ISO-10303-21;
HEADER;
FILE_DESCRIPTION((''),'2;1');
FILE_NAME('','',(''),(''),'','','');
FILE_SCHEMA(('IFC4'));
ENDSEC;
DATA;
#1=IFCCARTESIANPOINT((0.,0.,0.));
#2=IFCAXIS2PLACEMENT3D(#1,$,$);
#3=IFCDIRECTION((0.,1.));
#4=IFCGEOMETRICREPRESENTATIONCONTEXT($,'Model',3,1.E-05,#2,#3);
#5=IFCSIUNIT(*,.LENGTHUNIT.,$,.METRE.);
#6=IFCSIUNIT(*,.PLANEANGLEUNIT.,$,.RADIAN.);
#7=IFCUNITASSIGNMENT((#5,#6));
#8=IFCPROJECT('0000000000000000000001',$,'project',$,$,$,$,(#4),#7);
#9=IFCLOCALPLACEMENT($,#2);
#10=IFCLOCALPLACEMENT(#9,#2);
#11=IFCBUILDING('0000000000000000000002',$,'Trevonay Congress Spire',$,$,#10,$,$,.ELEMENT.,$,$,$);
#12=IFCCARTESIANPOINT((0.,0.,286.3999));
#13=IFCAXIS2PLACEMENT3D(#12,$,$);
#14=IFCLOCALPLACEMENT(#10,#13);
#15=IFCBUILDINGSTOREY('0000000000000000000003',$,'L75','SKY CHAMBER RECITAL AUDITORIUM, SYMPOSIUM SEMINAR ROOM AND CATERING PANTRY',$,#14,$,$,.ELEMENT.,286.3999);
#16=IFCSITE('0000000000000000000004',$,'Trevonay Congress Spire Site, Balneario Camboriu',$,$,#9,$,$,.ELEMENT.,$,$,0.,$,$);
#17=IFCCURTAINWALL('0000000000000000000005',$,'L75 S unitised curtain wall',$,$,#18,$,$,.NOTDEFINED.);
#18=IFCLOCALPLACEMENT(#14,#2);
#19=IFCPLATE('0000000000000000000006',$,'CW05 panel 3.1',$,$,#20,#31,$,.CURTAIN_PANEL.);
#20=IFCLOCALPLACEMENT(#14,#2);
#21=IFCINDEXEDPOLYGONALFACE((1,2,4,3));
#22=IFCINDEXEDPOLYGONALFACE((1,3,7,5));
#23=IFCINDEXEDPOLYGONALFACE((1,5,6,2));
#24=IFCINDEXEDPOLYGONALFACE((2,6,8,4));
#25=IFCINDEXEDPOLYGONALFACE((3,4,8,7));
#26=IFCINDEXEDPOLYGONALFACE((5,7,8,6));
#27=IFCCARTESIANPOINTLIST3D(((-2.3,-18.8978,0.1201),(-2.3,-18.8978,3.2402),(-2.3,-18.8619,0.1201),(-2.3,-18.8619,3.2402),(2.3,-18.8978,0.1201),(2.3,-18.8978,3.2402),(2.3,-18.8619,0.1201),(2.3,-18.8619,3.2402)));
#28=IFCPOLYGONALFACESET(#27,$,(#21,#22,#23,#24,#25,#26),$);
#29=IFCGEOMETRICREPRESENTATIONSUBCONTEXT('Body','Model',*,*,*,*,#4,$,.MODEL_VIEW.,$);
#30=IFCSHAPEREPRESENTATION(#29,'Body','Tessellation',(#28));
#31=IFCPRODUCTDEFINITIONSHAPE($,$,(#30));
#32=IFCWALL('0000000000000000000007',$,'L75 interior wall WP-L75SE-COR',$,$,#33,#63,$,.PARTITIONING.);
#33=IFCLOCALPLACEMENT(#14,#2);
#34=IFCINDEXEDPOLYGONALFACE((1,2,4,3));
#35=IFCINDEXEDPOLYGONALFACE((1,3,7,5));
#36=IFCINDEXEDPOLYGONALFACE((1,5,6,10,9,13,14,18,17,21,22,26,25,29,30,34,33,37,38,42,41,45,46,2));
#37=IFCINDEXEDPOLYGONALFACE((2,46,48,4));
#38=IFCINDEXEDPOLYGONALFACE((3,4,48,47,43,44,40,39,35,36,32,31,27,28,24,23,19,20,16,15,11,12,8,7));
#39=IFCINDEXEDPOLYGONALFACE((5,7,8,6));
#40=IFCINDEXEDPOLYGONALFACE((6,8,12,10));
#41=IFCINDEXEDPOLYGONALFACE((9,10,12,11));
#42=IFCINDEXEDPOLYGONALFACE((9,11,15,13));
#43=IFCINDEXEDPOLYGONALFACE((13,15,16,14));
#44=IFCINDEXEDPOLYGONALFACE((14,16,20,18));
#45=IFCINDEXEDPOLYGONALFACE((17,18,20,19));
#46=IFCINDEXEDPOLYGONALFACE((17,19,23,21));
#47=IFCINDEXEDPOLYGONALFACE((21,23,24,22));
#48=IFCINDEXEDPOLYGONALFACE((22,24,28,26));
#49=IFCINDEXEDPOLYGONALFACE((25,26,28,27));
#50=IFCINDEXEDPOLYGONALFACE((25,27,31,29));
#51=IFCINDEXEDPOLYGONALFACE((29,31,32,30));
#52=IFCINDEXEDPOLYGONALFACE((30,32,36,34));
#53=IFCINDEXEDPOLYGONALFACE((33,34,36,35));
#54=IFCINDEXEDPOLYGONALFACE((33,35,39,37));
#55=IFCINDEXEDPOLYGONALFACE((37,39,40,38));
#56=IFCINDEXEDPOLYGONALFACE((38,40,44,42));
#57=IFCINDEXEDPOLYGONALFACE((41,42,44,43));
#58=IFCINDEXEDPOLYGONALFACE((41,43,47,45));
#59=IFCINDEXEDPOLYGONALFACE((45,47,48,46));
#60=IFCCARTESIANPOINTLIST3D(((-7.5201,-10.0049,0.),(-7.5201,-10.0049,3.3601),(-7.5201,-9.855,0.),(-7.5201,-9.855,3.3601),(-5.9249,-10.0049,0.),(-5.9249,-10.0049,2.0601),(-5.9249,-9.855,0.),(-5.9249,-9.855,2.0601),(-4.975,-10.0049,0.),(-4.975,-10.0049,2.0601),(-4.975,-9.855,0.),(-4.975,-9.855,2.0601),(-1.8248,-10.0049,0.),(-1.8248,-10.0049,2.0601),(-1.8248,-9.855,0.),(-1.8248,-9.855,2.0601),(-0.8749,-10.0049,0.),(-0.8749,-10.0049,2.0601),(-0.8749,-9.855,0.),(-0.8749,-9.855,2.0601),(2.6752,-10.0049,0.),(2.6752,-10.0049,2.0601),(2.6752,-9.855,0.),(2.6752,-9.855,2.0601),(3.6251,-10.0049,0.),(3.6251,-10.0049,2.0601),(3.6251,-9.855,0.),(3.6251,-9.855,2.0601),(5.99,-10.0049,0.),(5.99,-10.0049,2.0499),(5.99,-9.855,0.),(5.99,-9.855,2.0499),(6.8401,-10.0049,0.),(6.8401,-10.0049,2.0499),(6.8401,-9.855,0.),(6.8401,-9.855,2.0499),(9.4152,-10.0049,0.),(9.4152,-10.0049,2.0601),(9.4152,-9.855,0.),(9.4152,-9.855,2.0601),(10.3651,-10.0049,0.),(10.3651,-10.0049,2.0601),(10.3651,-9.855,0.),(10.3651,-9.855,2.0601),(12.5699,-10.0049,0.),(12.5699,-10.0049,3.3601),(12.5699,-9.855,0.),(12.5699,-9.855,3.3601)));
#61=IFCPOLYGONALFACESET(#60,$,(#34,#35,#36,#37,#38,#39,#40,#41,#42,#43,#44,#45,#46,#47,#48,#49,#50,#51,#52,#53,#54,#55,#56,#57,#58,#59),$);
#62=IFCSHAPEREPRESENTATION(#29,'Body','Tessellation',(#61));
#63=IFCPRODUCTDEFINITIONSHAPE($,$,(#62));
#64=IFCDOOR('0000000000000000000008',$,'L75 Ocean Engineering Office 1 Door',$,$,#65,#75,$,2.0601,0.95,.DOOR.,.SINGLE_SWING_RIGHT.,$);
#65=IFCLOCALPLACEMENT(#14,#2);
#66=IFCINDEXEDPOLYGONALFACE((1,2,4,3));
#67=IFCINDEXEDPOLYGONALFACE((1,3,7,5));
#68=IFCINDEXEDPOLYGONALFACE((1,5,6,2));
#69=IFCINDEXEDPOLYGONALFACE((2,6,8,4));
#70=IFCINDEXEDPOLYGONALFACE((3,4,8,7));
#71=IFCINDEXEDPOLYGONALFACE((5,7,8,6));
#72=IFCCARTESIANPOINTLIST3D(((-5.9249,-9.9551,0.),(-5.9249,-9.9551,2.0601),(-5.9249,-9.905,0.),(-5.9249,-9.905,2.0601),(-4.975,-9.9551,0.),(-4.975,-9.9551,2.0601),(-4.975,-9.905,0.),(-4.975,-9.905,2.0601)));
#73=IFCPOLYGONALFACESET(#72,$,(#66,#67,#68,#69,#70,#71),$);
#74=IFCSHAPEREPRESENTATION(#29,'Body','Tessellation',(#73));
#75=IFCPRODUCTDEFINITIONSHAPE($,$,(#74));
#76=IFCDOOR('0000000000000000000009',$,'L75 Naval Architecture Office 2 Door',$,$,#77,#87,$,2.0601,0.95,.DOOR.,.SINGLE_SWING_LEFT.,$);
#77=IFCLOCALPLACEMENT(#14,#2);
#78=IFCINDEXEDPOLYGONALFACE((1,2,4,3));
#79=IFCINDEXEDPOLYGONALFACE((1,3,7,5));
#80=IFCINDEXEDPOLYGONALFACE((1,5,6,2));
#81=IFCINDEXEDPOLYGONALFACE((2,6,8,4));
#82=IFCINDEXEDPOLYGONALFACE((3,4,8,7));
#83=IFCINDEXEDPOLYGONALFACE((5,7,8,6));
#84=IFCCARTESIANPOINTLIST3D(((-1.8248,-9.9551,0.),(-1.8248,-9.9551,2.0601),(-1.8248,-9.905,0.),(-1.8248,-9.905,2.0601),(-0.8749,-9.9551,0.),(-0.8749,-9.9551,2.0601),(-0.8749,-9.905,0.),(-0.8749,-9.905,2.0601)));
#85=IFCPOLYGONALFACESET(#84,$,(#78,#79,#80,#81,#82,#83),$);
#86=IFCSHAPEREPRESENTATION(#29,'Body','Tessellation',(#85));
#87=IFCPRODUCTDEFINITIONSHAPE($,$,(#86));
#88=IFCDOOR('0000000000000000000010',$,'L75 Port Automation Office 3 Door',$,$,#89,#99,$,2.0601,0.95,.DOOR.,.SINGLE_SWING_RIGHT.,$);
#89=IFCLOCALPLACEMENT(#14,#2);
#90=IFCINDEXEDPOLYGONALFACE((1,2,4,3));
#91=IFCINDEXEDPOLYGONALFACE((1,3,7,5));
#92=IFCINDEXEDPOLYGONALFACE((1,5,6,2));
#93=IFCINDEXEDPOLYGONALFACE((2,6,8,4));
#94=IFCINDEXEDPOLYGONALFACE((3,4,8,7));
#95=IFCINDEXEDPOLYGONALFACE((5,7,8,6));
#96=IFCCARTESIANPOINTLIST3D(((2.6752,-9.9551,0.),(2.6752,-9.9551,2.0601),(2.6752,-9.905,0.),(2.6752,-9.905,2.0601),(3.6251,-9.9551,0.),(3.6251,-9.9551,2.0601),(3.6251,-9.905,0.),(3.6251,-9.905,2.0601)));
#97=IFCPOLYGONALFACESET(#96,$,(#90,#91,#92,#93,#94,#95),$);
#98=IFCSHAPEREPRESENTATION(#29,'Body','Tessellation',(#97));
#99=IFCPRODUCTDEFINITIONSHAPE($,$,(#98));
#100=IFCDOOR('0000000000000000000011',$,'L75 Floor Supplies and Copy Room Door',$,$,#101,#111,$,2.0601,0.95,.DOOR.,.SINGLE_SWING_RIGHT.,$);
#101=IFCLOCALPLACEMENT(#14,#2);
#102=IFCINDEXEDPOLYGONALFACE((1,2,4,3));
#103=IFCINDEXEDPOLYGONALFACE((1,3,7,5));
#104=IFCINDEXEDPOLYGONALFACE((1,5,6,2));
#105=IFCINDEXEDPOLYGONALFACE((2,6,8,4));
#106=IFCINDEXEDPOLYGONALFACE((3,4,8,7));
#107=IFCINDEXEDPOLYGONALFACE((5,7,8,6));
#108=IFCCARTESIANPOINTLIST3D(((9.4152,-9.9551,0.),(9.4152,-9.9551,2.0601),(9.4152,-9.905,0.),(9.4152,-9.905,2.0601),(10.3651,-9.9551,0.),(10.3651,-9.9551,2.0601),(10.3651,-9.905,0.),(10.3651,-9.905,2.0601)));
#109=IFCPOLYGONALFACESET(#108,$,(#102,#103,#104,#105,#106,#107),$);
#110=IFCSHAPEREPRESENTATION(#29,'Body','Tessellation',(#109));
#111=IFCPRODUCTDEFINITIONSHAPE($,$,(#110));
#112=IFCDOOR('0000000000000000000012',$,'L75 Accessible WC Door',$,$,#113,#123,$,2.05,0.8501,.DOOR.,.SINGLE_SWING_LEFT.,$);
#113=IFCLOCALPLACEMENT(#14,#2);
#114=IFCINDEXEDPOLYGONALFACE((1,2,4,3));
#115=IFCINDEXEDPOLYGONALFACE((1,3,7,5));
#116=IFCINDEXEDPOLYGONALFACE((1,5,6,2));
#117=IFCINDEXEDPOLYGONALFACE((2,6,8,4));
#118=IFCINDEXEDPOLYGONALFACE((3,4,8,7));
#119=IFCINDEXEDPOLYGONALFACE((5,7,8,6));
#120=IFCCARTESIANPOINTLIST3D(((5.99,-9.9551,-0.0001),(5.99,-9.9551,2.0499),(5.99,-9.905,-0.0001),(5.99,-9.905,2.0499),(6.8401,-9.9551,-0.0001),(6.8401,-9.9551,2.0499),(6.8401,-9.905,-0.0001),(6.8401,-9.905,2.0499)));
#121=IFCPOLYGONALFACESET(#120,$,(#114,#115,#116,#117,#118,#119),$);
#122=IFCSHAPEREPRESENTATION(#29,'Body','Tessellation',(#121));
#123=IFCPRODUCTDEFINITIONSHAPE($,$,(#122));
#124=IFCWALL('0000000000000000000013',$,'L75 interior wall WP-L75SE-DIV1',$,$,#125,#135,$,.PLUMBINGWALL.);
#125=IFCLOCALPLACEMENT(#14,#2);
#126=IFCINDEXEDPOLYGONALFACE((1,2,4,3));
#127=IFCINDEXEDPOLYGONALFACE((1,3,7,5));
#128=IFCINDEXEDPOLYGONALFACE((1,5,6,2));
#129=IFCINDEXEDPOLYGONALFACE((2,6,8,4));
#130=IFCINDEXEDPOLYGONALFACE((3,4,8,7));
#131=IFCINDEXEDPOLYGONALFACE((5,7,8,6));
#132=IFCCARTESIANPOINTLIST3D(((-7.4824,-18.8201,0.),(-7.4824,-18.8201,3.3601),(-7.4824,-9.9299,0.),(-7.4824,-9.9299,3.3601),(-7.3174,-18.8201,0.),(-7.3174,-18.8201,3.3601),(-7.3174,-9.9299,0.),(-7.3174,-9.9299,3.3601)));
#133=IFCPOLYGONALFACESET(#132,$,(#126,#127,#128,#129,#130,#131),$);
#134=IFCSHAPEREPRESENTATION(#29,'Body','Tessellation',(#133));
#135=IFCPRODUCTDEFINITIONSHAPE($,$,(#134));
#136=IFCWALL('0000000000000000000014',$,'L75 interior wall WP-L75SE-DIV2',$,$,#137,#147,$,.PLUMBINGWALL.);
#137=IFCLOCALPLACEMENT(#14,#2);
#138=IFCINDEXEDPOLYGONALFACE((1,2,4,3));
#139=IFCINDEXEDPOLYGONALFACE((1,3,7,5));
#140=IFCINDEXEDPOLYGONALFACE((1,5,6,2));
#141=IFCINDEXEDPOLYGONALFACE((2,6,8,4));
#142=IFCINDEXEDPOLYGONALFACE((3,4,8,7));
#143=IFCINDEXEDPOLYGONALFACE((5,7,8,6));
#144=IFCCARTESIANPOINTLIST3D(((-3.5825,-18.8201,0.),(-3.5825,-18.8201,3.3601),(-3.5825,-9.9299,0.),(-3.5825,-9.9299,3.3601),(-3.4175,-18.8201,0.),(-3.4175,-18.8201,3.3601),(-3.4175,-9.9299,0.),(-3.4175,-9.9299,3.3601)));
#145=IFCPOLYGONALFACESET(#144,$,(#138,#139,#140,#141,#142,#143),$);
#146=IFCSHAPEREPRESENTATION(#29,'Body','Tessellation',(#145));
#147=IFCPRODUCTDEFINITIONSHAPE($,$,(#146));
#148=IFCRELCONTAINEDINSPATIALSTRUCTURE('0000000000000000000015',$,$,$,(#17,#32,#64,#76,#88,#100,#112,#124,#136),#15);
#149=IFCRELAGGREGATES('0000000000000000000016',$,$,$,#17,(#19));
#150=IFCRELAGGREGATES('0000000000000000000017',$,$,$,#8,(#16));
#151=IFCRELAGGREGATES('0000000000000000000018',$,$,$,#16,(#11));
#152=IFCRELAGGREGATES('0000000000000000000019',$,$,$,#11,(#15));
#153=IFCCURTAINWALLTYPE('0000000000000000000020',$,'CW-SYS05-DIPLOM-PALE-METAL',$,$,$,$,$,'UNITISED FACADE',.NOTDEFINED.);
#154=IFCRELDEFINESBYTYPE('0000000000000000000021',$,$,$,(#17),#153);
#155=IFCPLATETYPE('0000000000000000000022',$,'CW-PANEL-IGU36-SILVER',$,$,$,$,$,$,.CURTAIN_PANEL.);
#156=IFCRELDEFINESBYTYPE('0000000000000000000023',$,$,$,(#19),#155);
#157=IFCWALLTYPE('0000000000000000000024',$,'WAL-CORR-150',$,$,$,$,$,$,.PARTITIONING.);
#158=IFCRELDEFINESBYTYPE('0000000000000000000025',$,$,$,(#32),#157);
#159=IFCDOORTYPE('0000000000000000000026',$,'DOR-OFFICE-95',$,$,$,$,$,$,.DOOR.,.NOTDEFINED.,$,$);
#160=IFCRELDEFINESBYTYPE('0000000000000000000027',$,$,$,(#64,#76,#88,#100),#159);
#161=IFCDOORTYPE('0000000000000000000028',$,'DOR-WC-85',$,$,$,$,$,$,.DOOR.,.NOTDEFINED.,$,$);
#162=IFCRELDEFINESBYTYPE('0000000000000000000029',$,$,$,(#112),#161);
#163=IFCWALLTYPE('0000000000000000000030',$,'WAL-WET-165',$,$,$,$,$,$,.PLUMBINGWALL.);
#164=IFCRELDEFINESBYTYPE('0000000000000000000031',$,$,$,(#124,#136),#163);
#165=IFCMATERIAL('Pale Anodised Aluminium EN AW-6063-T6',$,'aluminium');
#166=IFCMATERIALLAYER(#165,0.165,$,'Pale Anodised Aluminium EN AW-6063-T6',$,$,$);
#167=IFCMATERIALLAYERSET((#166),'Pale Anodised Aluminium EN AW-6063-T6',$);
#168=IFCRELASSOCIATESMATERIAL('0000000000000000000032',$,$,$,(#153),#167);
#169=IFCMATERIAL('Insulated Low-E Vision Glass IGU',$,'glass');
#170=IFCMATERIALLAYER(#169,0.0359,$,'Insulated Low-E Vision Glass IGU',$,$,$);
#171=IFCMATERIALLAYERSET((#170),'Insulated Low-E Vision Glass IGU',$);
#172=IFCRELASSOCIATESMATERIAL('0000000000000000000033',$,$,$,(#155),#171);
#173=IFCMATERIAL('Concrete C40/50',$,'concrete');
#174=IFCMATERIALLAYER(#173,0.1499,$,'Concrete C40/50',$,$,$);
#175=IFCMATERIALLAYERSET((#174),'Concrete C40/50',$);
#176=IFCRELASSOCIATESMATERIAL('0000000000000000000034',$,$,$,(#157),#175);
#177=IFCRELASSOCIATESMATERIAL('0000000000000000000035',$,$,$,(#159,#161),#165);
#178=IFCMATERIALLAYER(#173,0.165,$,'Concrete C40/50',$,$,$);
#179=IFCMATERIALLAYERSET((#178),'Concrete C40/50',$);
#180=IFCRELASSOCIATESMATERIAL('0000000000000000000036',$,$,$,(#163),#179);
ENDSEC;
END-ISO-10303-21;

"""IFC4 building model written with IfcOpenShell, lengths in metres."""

from ifc_helpers import new_model, si_unit, direction, frame, frame_2d, origin, origin_2d, place, context, subcontext, project, spatial, rectangle, extrude, material, layer, layer_set, type_object, element, fill, aggregate, save


model = new_model("IFC4")

# Units and contexts
model_context = context("Model", 3, precision=1e-05, world=origin(), true_north=direction((0.0, 1.0)))
body_context = subcontext(model_context, "Body", "Model", "MODEL_VIEW")
ifc_project = project(units=[si_unit("LENGTHUNIT", "METRE"), si_unit("PLANEANGLEUNIT", "RADIAN")], contexts=[model_context])

# Site, building, storey
site_placement = place(None, origin())
site = spatial("IfcSite", under=ifc_project, at=site_placement, Name="Trevonay Congress Spire Site, Balneario Camboriu", CompositionType="ELEMENT", RefElevation=0.0)
building_placement = place(site_placement, origin())
building = spatial("IfcBuilding", under=site, at=building_placement, Name="Trevonay Congress Spire", CompositionType="ELEMENT")
storey_placement = place(building_placement, frame((0.0, 0.0, 286.3999)))
storey = spatial("IfcBuildingStorey", under=building, at=storey_placement, Name="L75", Description="SKY CHAMBER RECITAL AUDITORIUM, SYMPOSIUM SEMINAR ROOM AND CATERING PANTRY", CompositionType="ELEMENT", Elevation=286.3999)

# Curtain wall, plate
ifc_material_1 = material(Name="Pale Anodised Aluminium EN AW-6063-T6", Category="aluminium")
ifc_layer_1 = layer(ifc_material_1, 0.165, Name="Pale Anodised Aluminium EN AW-6063-T6")
ifc_layer_set_1 = layer_set([ifc_layer_1], Name="Pale Anodised Aluminium EN AW-6063-T6")
curtain_wall_type = type_object("IfcCurtainWallType", Name="CW-SYS05-DIPLOM-PALE-METAL", ElementType="UNITISED FACADE", PredefinedType="NOTDEFINED", material=ifc_layer_set_1)
curtain_wall_placement = place(storey_placement, origin())
curtain_wall = element("IfcCurtainWall", 1, at=curtain_wall_placement, inside=storey, type_object=curtain_wall_type, Name="L75 S unitised curtain wall", PredefinedType="NOTDEFINED")
ifc_material_2 = material(Name="Insulated Low-E Vision Glass IGU", Category="glass")
ifc_layer_2 = layer(ifc_material_2, 0.0359, Name="Insulated Low-E Vision Glass IGU")
ifc_layer_set_2 = layer_set([ifc_layer_2], Name="Insulated Low-E Vision Glass IGU")
plate_type = type_object("IfcPlateType", Name="CW-PANEL-IGU36-SILVER", PredefinedType="CURTAIN_PANEL", material=ifc_layer_set_2)
plate_1_placement = place(storey_placement, frame((0.0, -18.8799, 0.1201), z_axis=(0.0, 0.0, 1.0), x_axis=(1.0, 0.0, 0.0)))
plate_1 = element("IfcPlate", 2, at=plate_1_placement, type_object=plate_type, Name="CW05 panel 3.1", PredefinedType="CURTAIN_PANEL", context=body_context, shape_type="SweptSolid", body=[
    extrude(rectangle(XDim=4.6001, YDim=0.0359, at=origin_2d()), origin(), (0.0, 0.0, 1.0), 3.1201),
])
aggregate(curtain_wall, [plate_1])

# Wall, openings, doors
ifc_material_3 = material(Name="Concrete C40/50", Category="concrete")
ifc_layer_3 = layer(ifc_material_3, 0.1499, Name="Concrete C40/50")
ifc_layer_set_3 = layer_set([ifc_layer_3], Name="Concrete C40/50")
wall_type_1 = type_object("IfcWallType", Name="WAL-CORR-150", PredefinedType="PARTITIONING", material=ifc_layer_set_3)
wall_placement = place(storey_placement, frame((-7.52, -9.9299, 0.0), z_axis=(0.0, 0.0, 1.0), x_axis=(1.0, 0.0, 0.0)))
wall = element("IfcWall", 3, at=wall_placement, inside=storey, type_object=wall_type_1, Name="L75 interior wall WP-L75SE-COR", PredefinedType="PARTITIONING", context=body_context, shape_type="SweptSolid", body=[
    extrude(rectangle(XDim=20.0901, YDim=0.1499, at=frame_2d((10.0449, 0.0))), origin(), (0.0, 0.0, 1.0), 3.3601),
])
opening_1_placement = place(wall_placement, frame((1.595, 0.0, 0.0)))
opening_1 = element("IfcOpeningElement", 4, at=opening_1_placement, cuts=wall, PredefinedType="OPENING", context=body_context, shape_type="SweptSolid", body=[
    extrude(rectangle(XDim=0.95, YDim=2.0601, at=frame_2d((0.4751, 1.03))), frame((0.0, 0.085, 0.0), z_axis=(0.0, -1.0, 0.0), x_axis=(1.0, 0.0, 0.0)), (0.0, 0.0, 1.0), 0.1699),
])
opening_2_placement = place(wall_placement, frame((5.6951, 0.0, 0.0)))
opening_2 = element("IfcOpeningElement", 5, at=opening_2_placement, cuts=wall, PredefinedType="OPENING", context=body_context, shape_type="SweptSolid", body=[
    extrude(rectangle(XDim=0.95, YDim=2.0601, at=frame_2d((0.4751, 1.03))), frame((0.0, 0.085, 0.0), z_axis=(0.0, -1.0, 0.0), x_axis=(1.0, 0.0, 0.0)), (0.0, 0.0, 1.0), 0.1699),
])
opening_3_placement = place(wall_placement, frame((10.1951, 0.0, 0.0)))
opening_3 = element("IfcOpeningElement", 6, at=opening_3_placement, cuts=wall, PredefinedType="OPENING", context=body_context, shape_type="SweptSolid", body=[
    extrude(rectangle(XDim=0.95, YDim=2.0601, at=frame_2d((0.4751, 1.03))), frame((0.0, 0.085, 0.0), z_axis=(0.0, -1.0, 0.0), x_axis=(1.0, 0.0, 0.0)), (0.0, 0.0, 1.0), 0.1699),
])
opening_4_placement = place(wall_placement, frame((13.51, 0.0, 0.0)))
opening_4 = element("IfcOpeningElement", 7, at=opening_4_placement, cuts=wall, PredefinedType="OPENING", context=body_context, shape_type="SweptSolid", body=[
    extrude(rectangle(XDim=0.8501, YDim=2.05, at=frame_2d((0.425, 1.0249))), frame((0.0, 0.085, 0.0), z_axis=(0.0, -1.0, 0.0), x_axis=(1.0, 0.0, 0.0)), (0.0, 0.0, 1.0), 0.1699),
])
opening_5_placement = place(wall_placement, frame((16.9351, 0.0, 0.0)))
opening_5 = element("IfcOpeningElement", 8, at=opening_5_placement, cuts=wall, PredefinedType="OPENING", context=body_context, shape_type="SweptSolid", body=[
    extrude(rectangle(XDim=0.95, YDim=2.0601, at=frame_2d((0.4751, 1.03))), frame((0.0, 0.085, 0.0), z_axis=(0.0, -1.0, 0.0), x_axis=(1.0, 0.0, 0.0)), (0.0, 0.0, 1.0), 0.1699),
])
door_type_1 = type_object("IfcDoorType", Name="DOR-OFFICE-95", OperationType="NOTDEFINED", PredefinedType="DOOR", material=ifc_material_1)
door_1_placement = place(opening_1_placement, origin())
door_1 = element("IfcDoor", 9, at=door_1_placement, inside=storey, type_object=door_type_1, Name="L75 Ocean Engineering Office 1 Door", OperationType="SINGLE_SWING_RIGHT", OverallHeight=2.0601, OverallWidth=0.95, PredefinedType="DOOR", context=body_context, shape_type="SweptSolid", body=[
    extrude(rectangle(XDim=0.95, YDim=2.0601, at=frame_2d((0.4751, 1.03))), frame((0.0, 0.0249, 0.0), z_axis=(0.0, -1.0, 0.0), x_axis=(1.0, 0.0, 0.0)), (0.0, 0.0, 1.0), 0.05),
])
fill(opening_1, door_1)
door_2_placement = place(opening_2_placement, origin())
door_2 = element("IfcDoor", 10, at=door_2_placement, inside=storey, type_object=door_type_1, Name="L75 Naval Architecture Office 2 Door", OperationType="SINGLE_SWING_LEFT", OverallHeight=2.0601, OverallWidth=0.95, PredefinedType="DOOR", context=body_context, shape_type="SweptSolid", body=[
    extrude(rectangle(XDim=0.95, YDim=2.0601, at=frame_2d((0.4751, 1.03))), frame((0.0, 0.0249, 0.0), z_axis=(0.0, -1.0, 0.0), x_axis=(1.0, 0.0, 0.0)), (0.0, 0.0, 1.0), 0.05),
])
fill(opening_2, door_2)
door_3_placement = place(opening_3_placement, origin())
door_3 = element("IfcDoor", 11, at=door_3_placement, inside=storey, type_object=door_type_1, Name="L75 Port Automation Office 3 Door", OperationType="SINGLE_SWING_RIGHT", OverallHeight=2.0601, OverallWidth=0.95, PredefinedType="DOOR", context=body_context, shape_type="SweptSolid", body=[
    extrude(rectangle(XDim=0.95, YDim=2.0601, at=frame_2d((0.4751, 1.03))), frame((0.0, 0.0249, 0.0), z_axis=(0.0, -1.0, 0.0), x_axis=(1.0, 0.0, 0.0)), (0.0, 0.0, 1.0), 0.05),
])
fill(opening_3, door_3)
door_4_placement = place(opening_5_placement, origin())
door_4 = element("IfcDoor", 12, at=door_4_placement, inside=storey, type_object=door_type_1, Name="L75 Floor Supplies and Copy Room Door", OperationType="SINGLE_SWING_RIGHT", OverallHeight=2.0601, OverallWidth=0.95, PredefinedType="DOOR", context=body_context, shape_type="SweptSolid", body=[
    extrude(rectangle(XDim=0.95, YDim=2.0601, at=frame_2d((0.4751, 1.03))), frame((0.0, 0.0249, 0.0), z_axis=(0.0, -1.0, 0.0), x_axis=(1.0, 0.0, 0.0)), (0.0, 0.0, 1.0), 0.05),
])
fill(opening_5, door_4)
door_type_2 = type_object("IfcDoorType", Name="DOR-WC-85", OperationType="NOTDEFINED", PredefinedType="DOOR", material=ifc_material_1)
door_5_placement = place(opening_4_placement, origin())
door_5 = element("IfcDoor", 13, at=door_5_placement, inside=storey, type_object=door_type_2, Name="L75 Accessible WC Door", OperationType="SINGLE_SWING_LEFT", OverallHeight=2.05, OverallWidth=0.8501, PredefinedType="DOOR", context=body_context, shape_type="SweptSolid", body=[
    extrude(rectangle(XDim=0.8501, YDim=2.05, at=frame_2d((0.425, 1.0249))), frame((0.0, 0.0249, 0.0), z_axis=(0.0, -1.0, 0.0), x_axis=(1.0, 0.0, 0.0)), (0.0, 0.0, 1.0), 0.05),
])
fill(opening_4, door_5)

# Walls
ifc_layer_4 = layer(ifc_material_3, 0.165, Name="Concrete C40/50")
ifc_layer_set_4 = layer_set([ifc_layer_4], Name="Concrete C40/50")
wall_type_2 = type_object("IfcWallType", Name="WAL-WET-165", PredefinedType="PLUMBINGWALL", material=ifc_layer_set_4)
for number, where, z_axis, x_axis, name in (
    (14, (-7.3999, -18.8201, 0.0), (0.0, 0.0, 1.0), (0.0, 1.0, 0.0), "L75 interior wall WP-L75SE-DIV1"),
    (15, (-3.5, -18.8201, 0.0), (0.0, 0.0, 1.0), (0.0, 1.0, 0.0), "L75 interior wall WP-L75SE-DIV2"),
):
    element("IfcWall", number, at=place(storey_placement, frame(where, z_axis=z_axis, x_axis=x_axis)), inside=storey, type_object=wall_type_2, Name=name, PredefinedType="PLUMBINGWALL", context=body_context, shape_type="SweptSolid", body=[
        extrude(rectangle(XDim=8.8901, YDim=0.165, at=frame_2d((4.4451, 0.0))), origin(), (0.0, 0.0, 1.0), 3.3601),
    ])

save(model, "model.ifc")
